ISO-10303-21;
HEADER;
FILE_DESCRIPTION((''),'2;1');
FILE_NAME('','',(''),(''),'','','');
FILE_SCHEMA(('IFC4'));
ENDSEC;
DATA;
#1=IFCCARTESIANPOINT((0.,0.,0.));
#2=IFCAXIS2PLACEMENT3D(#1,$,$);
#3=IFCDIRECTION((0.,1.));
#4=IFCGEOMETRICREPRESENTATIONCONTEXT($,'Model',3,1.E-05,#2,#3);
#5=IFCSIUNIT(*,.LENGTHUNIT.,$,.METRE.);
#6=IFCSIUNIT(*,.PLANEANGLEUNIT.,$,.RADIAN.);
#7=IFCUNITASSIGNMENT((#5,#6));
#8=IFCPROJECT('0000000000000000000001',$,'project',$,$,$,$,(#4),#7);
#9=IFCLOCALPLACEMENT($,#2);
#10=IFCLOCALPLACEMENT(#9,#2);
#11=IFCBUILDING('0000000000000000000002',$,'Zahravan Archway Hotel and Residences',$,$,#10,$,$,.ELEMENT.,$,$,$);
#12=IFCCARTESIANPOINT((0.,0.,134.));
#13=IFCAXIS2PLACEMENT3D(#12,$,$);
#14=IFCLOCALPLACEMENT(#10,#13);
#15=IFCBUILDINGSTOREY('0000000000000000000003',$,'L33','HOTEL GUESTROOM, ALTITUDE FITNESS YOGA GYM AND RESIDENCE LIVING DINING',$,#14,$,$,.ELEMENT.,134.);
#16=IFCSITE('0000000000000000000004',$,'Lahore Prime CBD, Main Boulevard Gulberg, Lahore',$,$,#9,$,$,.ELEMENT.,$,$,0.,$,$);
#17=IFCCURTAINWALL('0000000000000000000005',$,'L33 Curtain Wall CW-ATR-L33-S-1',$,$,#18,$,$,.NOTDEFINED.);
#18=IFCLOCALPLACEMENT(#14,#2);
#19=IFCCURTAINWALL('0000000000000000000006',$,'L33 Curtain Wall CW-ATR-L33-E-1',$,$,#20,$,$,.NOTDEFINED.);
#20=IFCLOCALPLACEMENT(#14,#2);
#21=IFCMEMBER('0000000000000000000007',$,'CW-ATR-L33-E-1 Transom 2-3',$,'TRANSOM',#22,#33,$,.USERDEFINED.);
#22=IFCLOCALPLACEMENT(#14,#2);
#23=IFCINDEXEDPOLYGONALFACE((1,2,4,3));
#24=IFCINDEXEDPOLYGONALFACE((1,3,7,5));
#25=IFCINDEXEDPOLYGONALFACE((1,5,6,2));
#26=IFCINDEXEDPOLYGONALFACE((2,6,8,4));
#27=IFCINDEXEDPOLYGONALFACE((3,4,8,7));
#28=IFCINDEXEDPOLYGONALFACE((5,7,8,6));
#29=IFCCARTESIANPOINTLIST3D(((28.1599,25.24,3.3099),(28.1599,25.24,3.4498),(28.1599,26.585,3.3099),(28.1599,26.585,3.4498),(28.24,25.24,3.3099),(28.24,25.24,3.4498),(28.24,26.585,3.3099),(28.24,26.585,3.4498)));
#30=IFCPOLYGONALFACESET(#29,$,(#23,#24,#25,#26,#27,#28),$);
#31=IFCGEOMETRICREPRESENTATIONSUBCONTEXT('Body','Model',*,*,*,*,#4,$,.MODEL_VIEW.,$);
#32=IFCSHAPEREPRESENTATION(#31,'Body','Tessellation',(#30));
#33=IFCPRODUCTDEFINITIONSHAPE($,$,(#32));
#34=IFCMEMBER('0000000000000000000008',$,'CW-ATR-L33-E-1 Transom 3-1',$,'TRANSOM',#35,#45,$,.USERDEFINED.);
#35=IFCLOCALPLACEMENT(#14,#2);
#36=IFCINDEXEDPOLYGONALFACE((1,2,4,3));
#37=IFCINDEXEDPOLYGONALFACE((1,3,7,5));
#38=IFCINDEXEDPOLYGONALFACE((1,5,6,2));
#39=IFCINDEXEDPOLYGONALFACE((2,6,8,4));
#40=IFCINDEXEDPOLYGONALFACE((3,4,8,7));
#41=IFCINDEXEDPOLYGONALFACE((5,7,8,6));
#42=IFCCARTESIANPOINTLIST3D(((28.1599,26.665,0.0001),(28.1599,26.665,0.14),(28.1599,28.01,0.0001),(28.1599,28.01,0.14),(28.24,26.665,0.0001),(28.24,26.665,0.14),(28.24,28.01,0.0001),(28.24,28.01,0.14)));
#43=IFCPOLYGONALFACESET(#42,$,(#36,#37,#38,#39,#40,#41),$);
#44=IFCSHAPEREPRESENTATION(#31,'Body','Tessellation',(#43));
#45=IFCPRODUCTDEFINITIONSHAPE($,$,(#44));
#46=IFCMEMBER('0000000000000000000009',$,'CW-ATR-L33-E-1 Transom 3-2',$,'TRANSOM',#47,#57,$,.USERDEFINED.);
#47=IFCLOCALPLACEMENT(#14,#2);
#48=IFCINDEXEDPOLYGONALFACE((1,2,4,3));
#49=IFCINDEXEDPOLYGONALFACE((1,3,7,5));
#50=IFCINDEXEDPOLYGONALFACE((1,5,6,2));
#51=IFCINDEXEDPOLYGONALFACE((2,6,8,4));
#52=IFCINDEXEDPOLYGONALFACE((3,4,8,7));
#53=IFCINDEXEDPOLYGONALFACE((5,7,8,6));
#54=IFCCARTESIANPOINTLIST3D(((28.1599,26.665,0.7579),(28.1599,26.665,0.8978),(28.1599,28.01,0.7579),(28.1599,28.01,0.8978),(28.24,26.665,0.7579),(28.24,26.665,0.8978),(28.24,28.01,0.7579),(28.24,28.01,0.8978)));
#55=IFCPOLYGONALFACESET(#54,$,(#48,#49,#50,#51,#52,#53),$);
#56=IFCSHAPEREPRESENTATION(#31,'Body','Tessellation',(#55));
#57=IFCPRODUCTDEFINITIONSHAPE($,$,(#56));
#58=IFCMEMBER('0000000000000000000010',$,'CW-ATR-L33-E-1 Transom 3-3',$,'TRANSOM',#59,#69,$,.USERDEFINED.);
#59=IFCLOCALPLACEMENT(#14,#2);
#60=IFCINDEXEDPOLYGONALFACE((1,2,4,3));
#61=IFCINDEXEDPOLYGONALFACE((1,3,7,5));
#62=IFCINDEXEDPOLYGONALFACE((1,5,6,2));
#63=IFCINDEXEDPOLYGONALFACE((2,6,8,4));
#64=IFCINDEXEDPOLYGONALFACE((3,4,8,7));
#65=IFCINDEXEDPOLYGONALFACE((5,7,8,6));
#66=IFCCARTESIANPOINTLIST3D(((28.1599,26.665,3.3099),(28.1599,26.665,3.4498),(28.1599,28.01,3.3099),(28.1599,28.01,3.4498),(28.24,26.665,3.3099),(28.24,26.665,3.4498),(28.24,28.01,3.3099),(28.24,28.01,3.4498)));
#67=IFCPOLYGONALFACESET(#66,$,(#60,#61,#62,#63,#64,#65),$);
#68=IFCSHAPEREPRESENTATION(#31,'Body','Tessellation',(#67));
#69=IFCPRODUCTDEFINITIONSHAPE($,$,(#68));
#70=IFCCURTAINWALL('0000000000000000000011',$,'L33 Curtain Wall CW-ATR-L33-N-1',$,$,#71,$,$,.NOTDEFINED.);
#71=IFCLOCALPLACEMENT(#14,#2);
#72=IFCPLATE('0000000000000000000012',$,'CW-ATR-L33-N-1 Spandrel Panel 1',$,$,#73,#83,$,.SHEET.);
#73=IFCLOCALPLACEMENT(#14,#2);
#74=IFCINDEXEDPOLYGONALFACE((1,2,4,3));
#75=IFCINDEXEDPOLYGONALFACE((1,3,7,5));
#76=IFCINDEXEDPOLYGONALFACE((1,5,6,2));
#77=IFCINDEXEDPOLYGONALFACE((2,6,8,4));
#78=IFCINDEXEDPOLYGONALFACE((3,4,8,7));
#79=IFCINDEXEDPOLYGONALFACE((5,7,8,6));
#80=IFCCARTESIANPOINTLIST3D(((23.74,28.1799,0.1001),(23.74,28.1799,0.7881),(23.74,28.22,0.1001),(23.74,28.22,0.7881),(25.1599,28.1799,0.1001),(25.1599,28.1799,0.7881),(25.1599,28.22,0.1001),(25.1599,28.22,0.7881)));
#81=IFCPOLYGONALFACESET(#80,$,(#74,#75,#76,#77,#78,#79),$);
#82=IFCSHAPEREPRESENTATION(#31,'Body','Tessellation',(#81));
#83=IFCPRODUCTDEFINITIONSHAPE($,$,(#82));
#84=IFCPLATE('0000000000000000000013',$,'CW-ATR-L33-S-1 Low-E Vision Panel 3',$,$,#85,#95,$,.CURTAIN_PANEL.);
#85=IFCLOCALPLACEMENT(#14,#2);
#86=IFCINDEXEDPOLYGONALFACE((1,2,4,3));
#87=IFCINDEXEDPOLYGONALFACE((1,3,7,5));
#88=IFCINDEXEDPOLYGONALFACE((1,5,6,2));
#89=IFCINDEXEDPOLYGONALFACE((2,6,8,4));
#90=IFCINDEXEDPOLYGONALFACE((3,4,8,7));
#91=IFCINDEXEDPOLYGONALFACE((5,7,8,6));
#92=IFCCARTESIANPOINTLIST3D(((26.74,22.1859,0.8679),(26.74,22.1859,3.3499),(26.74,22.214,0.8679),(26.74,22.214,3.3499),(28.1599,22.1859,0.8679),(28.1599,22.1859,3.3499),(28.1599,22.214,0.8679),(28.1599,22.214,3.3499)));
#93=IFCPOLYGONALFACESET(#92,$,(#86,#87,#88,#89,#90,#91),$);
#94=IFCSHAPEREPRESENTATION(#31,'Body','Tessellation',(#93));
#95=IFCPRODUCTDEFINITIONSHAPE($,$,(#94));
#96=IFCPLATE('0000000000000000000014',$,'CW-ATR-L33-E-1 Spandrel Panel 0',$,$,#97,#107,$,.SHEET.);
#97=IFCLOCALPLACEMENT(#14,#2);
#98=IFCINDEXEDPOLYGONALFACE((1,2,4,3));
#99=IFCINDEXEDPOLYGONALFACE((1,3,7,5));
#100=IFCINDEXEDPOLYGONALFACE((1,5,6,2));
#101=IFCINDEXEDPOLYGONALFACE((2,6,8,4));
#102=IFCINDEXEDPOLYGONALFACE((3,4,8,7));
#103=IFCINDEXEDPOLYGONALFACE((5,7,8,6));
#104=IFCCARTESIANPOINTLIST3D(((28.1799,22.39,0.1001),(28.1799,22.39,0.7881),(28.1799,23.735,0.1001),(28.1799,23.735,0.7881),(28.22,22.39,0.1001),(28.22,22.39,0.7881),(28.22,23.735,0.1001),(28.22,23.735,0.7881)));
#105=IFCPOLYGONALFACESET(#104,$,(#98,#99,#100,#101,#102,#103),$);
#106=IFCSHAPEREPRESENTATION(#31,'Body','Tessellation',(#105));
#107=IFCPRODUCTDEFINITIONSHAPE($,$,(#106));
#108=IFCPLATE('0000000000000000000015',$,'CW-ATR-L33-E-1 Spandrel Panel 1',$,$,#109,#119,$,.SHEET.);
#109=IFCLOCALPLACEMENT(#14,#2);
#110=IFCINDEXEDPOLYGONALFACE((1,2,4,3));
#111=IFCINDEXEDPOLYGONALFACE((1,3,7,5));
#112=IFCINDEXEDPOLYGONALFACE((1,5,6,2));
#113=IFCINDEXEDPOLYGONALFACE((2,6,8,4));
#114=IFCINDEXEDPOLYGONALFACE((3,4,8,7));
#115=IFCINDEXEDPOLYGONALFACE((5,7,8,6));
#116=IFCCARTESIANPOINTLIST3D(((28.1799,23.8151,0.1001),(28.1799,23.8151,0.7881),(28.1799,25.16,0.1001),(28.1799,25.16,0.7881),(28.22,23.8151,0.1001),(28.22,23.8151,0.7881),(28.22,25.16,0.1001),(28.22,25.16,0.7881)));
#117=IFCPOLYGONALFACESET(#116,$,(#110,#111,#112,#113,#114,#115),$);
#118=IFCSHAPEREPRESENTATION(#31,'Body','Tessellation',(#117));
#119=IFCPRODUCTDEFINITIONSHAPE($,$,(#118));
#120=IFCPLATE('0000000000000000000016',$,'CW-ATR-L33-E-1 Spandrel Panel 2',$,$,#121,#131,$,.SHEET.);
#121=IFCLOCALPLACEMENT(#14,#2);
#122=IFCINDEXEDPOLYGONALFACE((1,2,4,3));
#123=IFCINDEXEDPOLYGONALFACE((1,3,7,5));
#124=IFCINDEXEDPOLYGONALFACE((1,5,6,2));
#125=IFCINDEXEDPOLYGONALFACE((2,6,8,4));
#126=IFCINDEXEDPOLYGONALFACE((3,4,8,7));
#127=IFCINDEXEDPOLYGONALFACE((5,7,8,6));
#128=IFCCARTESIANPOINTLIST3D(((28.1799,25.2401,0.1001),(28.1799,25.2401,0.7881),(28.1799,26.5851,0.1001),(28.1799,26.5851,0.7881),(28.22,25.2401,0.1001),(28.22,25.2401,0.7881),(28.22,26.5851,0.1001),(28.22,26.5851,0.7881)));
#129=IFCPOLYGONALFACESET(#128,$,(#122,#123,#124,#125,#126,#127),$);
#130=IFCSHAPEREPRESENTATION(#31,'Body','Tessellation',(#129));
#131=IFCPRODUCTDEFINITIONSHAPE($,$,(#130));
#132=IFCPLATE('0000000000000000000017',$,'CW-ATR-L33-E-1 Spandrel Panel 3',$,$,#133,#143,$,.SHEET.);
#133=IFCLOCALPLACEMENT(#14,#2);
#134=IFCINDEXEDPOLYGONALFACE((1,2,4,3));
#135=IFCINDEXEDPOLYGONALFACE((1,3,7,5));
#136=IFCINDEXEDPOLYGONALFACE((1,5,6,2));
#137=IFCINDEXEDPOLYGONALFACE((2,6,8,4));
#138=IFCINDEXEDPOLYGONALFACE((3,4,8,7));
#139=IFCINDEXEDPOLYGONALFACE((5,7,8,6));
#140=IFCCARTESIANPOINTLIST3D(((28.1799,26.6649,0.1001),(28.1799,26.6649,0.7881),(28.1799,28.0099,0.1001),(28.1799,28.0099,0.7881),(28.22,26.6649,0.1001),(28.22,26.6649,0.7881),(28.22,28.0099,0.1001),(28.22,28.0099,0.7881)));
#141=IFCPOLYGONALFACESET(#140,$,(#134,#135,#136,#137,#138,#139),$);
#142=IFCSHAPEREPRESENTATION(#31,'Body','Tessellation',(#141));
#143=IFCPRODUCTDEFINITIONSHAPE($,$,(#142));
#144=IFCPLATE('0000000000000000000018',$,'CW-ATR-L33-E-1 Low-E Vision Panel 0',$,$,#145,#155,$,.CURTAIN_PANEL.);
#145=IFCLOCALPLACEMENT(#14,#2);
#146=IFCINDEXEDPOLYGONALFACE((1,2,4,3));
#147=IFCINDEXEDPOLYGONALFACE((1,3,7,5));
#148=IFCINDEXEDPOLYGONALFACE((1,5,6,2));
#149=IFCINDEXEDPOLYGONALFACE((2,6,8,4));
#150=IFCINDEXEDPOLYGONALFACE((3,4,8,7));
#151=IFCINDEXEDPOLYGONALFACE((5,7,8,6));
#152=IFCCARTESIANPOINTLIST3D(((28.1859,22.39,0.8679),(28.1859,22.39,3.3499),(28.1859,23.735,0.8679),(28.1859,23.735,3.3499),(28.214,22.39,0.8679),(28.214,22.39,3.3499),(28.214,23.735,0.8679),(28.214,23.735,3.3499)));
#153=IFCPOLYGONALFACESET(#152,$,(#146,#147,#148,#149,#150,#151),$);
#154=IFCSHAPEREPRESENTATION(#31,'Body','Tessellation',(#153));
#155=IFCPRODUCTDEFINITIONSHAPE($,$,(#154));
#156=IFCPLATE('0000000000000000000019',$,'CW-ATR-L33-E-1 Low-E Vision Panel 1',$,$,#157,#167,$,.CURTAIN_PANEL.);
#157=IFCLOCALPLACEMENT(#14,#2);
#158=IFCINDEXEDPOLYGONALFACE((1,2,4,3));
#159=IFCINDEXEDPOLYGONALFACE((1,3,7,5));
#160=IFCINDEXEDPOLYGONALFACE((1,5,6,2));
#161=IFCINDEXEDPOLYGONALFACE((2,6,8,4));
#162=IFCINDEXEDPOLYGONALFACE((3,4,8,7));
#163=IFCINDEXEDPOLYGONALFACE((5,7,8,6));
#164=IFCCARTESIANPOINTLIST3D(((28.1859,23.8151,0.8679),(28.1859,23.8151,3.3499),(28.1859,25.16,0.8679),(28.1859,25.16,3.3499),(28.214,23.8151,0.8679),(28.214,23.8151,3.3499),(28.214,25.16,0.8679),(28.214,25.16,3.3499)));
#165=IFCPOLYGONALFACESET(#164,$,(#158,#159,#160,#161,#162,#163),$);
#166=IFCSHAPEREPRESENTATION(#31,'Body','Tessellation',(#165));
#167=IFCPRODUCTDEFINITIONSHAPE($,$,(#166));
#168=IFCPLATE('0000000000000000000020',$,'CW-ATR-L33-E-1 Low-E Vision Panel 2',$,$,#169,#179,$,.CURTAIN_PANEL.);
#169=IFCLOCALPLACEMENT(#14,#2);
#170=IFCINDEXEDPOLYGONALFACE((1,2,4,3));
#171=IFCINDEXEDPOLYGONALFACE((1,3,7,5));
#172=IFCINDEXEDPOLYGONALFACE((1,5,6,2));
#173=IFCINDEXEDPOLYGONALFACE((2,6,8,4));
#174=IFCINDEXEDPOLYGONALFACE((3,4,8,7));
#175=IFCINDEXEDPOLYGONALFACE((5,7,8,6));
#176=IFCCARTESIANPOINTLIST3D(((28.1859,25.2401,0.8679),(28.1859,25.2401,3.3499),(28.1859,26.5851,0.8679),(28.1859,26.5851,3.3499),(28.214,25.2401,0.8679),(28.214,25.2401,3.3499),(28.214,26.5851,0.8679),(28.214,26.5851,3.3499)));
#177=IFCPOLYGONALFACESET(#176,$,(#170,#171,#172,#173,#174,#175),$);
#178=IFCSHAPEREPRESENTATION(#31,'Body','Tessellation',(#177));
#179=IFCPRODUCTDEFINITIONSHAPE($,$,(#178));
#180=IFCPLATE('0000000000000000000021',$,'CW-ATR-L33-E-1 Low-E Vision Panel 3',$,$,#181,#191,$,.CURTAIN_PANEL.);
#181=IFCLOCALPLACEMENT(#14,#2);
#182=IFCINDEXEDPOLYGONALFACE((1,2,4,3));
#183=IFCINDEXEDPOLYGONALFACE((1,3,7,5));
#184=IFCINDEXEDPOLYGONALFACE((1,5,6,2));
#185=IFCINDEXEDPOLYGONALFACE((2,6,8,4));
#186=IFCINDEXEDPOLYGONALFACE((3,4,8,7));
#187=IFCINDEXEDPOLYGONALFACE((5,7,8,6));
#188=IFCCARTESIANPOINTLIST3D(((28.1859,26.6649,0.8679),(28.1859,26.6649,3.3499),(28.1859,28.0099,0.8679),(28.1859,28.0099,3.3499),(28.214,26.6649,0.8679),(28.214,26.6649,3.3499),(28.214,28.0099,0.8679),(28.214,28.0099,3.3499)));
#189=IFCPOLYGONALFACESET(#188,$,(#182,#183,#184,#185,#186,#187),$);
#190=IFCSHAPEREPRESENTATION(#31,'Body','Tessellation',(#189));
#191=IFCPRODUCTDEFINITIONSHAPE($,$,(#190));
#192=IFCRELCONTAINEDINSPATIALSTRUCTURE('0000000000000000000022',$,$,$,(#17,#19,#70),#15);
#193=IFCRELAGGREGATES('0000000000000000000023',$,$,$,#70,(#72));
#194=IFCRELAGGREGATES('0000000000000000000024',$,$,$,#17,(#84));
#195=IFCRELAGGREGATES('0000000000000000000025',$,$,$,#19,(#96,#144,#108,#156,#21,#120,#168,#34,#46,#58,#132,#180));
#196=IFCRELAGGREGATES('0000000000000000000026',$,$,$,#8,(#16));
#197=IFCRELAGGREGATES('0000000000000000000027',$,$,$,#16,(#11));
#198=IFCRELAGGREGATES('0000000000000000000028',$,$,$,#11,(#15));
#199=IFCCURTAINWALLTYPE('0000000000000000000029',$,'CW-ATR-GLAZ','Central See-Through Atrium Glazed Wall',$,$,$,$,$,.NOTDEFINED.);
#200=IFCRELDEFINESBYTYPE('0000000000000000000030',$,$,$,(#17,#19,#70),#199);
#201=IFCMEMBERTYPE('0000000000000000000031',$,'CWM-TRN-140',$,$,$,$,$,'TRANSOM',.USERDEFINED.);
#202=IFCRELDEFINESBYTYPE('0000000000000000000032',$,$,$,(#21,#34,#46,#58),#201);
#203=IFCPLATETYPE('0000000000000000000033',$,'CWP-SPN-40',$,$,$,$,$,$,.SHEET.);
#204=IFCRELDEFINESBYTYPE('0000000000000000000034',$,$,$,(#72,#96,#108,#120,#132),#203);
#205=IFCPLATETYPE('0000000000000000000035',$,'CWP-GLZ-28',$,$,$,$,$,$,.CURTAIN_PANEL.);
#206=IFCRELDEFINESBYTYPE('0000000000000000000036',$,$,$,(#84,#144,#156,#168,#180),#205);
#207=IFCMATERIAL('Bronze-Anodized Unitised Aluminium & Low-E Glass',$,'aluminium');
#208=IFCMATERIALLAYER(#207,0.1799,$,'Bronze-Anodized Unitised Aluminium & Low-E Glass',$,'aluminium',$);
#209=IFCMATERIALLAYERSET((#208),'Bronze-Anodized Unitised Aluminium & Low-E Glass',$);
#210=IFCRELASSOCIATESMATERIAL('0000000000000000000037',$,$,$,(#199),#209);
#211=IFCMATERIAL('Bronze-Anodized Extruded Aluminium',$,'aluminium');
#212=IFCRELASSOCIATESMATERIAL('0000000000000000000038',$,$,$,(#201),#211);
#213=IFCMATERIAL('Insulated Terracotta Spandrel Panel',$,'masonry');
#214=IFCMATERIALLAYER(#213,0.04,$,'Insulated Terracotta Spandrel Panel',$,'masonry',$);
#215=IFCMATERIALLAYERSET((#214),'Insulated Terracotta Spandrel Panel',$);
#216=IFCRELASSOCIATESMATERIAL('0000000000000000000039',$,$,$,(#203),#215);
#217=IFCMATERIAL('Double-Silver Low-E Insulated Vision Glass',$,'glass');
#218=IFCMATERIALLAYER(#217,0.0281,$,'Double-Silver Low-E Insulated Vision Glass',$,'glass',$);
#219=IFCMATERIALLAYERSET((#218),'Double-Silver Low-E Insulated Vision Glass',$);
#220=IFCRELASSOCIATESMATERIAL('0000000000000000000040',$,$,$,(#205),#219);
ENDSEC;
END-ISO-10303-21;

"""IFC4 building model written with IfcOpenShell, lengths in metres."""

from ifc_helpers import new_model, si_unit, direction, frame, origin, origin_2d, place, context, subcontext, project, spatial, rectangle, extrude, source, transform, mapped, material, layer, layer_set, material_profile, profile_set, type_object, element, aggregate, save


model = new_model("IFC4")

# Units and contexts
model_context = context("Model", 3, precision=1e-05, world=origin(), true_north=direction((0.0, 1.0)))
body_context = subcontext(model_context, "Body", "Model", "MODEL_VIEW")
ifc_project = project(units=[si_unit("LENGTHUNIT", "METRE"), si_unit("PLANEANGLEUNIT", "RADIAN")], contexts=[model_context])

# Site, building, storey
site_placement = place(None, origin())
site = spatial("IfcSite", under=ifc_project, at=site_placement, Name="Lahore Prime CBD, Main Boulevard Gulberg, Lahore", CompositionType="ELEMENT", RefElevation=0.0)
building_placement = place(site_placement, origin())
building = spatial("IfcBuilding", under=site, at=building_placement, Name="Zahravan Archway Hotel and Residences", CompositionType="ELEMENT")
storey_placement = place(building_placement, frame((0.0, 0.0, 134.0)))
storey = spatial("IfcBuildingStorey", under=building, at=storey_placement, Name="L33", Description="HOTEL GUESTROOM, ALTITUDE FITNESS YOGA GYM AND RESIDENCE LIVING DINING", CompositionType="ELEMENT", Elevation=134.0)

# Curtain wall
ifc_material_1 = material(Name="Bronze-Anodized Unitised Aluminium & Low-E Glass", Category="aluminium")
ifc_layer_1 = layer(ifc_material_1, 0.1799, Name="Bronze-Anodized Unitised Aluminium & Low-E Glass", Category="aluminium")
ifc_layer_set_1 = layer_set([ifc_layer_1], Name="Bronze-Anodized Unitised Aluminium & Low-E Glass")
curtain_wall_type = type_object("IfcCurtainWallType", Name="CW-ATR-GLAZ", Description="Central See-Through Atrium Glazed Wall", PredefinedType="NOTDEFINED", material=ifc_layer_set_1)
curtain_wall_1_placement = place(storey_placement, origin())
curtain_wall_1 = element("IfcCurtainWall", 1, at=curtain_wall_1_placement, inside=storey, type_object=curtain_wall_type, Name="L33 Curtain Wall CW-ATR-L33-S-1", PredefinedType="NOTDEFINED")
ifc_material_2 = material(Name="Bronze-Anodized Extruded Aluminium", Category="aluminium")

# Curtain wall, members
curtain_wall_2_placement = place(storey_placement, origin())
curtain_wall_2 = element("IfcCurtainWall", 2, at=curtain_wall_2_placement, inside=storey, type_object=curtain_wall_type, Name="L33 Curtain Wall CW-ATR-L33-E-1", PredefinedType="NOTDEFINED")
ifc_material_profile_1 = material_profile(ifc_material_2, rectangle(XDim=0.0801, YDim=0.1399, at=origin_2d()), Name="TRN 80x140", Category="aluminium")
ifc_profile_set_1 = profile_set([ifc_material_profile_1], Name="Bronze-Anodized Extruded Aluminium")
member_type_1 = type_object("IfcMemberType", Name="CWM-TRN-140", ElementType="TRANSOM", PredefinedType="USERDEFINED", material=ifc_profile_set_1)
shared_shape_1 = source(origin(), body_context, "Body", "SweptSolid", [
    extrude(rectangle(XDim=0.0801, YDim=0.1399, at=origin_2d()), origin(), (0.0, 0.0, 1.0), 1.345),
])
member_1_placement = place(storey_placement, frame((28.2, 25.24, 3.3799), z_axis=(0.0, 1.0, 0.0), x_axis=(-1.0, 0.0, 0.0)))
member_1 = element("IfcMember", 3, at=member_1_placement, type_object=member_type_1, Name="CW-ATR-L33-E-1 Transom 2-3", ObjectType="TRANSOM", PredefinedType="USERDEFINED", context=body_context, shape_type="MappedRepresentation", body=[
    mapped(shared_shape_1, transform((0.0, 0.0, 0.0), scale=1.0)),
])
member_2_placement = place(storey_placement, frame((28.2, 26.665, 0.0701), z_axis=(0.0, 1.0, 0.0), x_axis=(-1.0, 0.0, 0.0)))
member_2 = element("IfcMember", 4, at=member_2_placement, type_object=member_type_1, Name="CW-ATR-L33-E-1 Transom 3-1", ObjectType="TRANSOM", PredefinedType="USERDEFINED", context=body_context, shape_type="MappedRepresentation", body=[
    mapped(shared_shape_1, transform((0.0, 0.0, 0.0), scale=1.0)),
])
member_3_placement = place(storey_placement, frame((28.2, 26.665, 0.8279), z_axis=(0.0, 1.0, 0.0), x_axis=(-1.0, 0.0, 0.0)))
member_3 = element("IfcMember", 5, at=member_3_placement, type_object=member_type_1, Name="CW-ATR-L33-E-1 Transom 3-2", ObjectType="TRANSOM", PredefinedType="USERDEFINED", context=body_context, shape_type="MappedRepresentation", body=[
    mapped(shared_shape_1, transform((0.0, 0.0, 0.0), scale=1.0)),
])
member_4_placement = place(storey_placement, frame((28.2, 26.665, 3.3799), z_axis=(0.0, 1.0, 0.0), x_axis=(-1.0, 0.0, 0.0)))
member_4 = element("IfcMember", 6, at=member_4_placement, type_object=member_type_1, Name="CW-ATR-L33-E-1 Transom 3-3", ObjectType="TRANSOM", PredefinedType="USERDEFINED", context=body_context, shape_type="MappedRepresentation", body=[
    mapped(shared_shape_1, transform((0.0, 0.0, 0.0), scale=1.0)),
])

# Curtain wall, plate
curtain_wall_3_placement = place(storey_placement, origin())
curtain_wall_3 = element("IfcCurtainWall", 7, at=curtain_wall_3_placement, inside=storey, type_object=curtain_wall_type, Name="L33 Curtain Wall CW-ATR-L33-N-1", PredefinedType="NOTDEFINED")
ifc_material_3 = material(Name="Insulated Terracotta Spandrel Panel", Category="masonry")
ifc_layer_2 = layer(ifc_material_3, 0.04, Name="Insulated Terracotta Spandrel Panel", Category="masonry")
ifc_layer_set_2 = layer_set([ifc_layer_2], Name="Insulated Terracotta Spandrel Panel")
plate_type_1 = type_object("IfcPlateType", Name="CWP-SPN-40", PredefinedType="SHEET", material=ifc_layer_set_2)
shared_shape_2 = source(origin(), body_context, "Body", "SweptSolid", [
    extrude(rectangle(XDim=1.4199, YDim=0.04, at=origin_2d()), origin(), (0.0, 0.0, 1.0), 0.688),
])
plate_1_placement = place(storey_placement, frame((24.45, 28.2, 0.1001), z_axis=(0.0, 0.0, 1.0), x_axis=(1.0, 0.0, 0.0)))
plate_1 = element("IfcPlate", 8, at=plate_1_placement, type_object=plate_type_1, Name="CW-ATR-L33-N-1 Spandrel Panel 1", PredefinedType="SHEET", context=body_context, shape_type="MappedRepresentation", body=[
    mapped(shared_shape_2, transform((0.0, 0.0, 0.0), scale=1.0)),
])
aggregate(curtain_wall_3, [plate_1])

# Plates
ifc_material_4 = material(Name="Double-Silver Low-E Insulated Vision Glass", Category="glass")
ifc_layer_3 = layer(ifc_material_4, 0.0281, Name="Double-Silver Low-E Insulated Vision Glass", Category="glass")
ifc_layer_set_3 = layer_set([ifc_layer_3], Name="Double-Silver Low-E Insulated Vision Glass")
plate_type_2 = type_object("IfcPlateType", Name="CWP-GLZ-28", PredefinedType="CURTAIN_PANEL", material=ifc_layer_set_3)
shared_shape_3 = source(origin(), body_context, "Body", "SweptSolid", [
    extrude(rectangle(XDim=1.4199, YDim=0.0281, at=origin_2d()), origin(), (0.0, 0.0, 1.0), 2.4819),
])
plate_2_placement = place(storey_placement, frame((27.45, 22.2, 0.8679), z_axis=(0.0, 0.0, 1.0), x_axis=(1.0, 0.0, 0.0)))
plate_2 = element("IfcPlate", 9, at=plate_2_placement, type_object=plate_type_2, Name="CW-ATR-L33-S-1 Low-E Vision Panel 3", PredefinedType="CURTAIN_PANEL", context=body_context, shape_type="MappedRepresentation", body=[
    mapped(shared_shape_3, transform((0.0, 0.0, 0.0), scale=1.0)),
])
aggregate(curtain_wall_1, [plate_2])
shared_shape_4 = source(origin(), body_context, "Body", "SweptSolid", [
    extrude(rectangle(XDim=1.345, YDim=0.04, at=origin_2d()), origin(), (0.0, 0.0, 1.0), 0.688),
])
plate_3_placement = place(storey_placement, frame((28.2, 23.0625, 0.1001), z_axis=(0.0, 0.0, 1.0), x_axis=(0.0, 1.0, 0.0)))
plate_3 = element("IfcPlate", 10, at=plate_3_placement, type_object=plate_type_1, Name="CW-ATR-L33-E-1 Spandrel Panel 0", PredefinedType="SHEET", context=body_context, shape_type="MappedRepresentation", body=[
    mapped(shared_shape_4, transform((0.0, 0.0, 0.0), scale=1.0)),
])
plate_4_placement = place(storey_placement, frame((28.2, 24.4875, 0.1001), z_axis=(0.0, 0.0, 1.0), x_axis=(0.0, 1.0, 0.0)))
plate_4 = element("IfcPlate", 11, at=plate_4_placement, type_object=plate_type_1, Name="CW-ATR-L33-E-1 Spandrel Panel 1", PredefinedType="SHEET", context=body_context, shape_type="MappedRepresentation", body=[
    mapped(shared_shape_4, transform((0.0, 0.0, 0.0), scale=1.0)),
])
plate_5_placement = place(storey_placement, frame((28.2, 25.9126, 0.1001), z_axis=(0.0, 0.0, 1.0), x_axis=(0.0, 1.0, 0.0)))
plate_5 = element("IfcPlate", 12, at=plate_5_placement, type_object=plate_type_1, Name="CW-ATR-L33-E-1 Spandrel Panel 2", PredefinedType="SHEET", context=body_context, shape_type="MappedRepresentation", body=[
    mapped(shared_shape_4, transform((0.0, 0.0, 0.0), scale=1.0)),
])
plate_6_placement = place(storey_placement, frame((28.2, 27.3374, 0.1001), z_axis=(0.0, 0.0, 1.0), x_axis=(0.0, 1.0, 0.0)))
plate_6 = element("IfcPlate", 13, at=plate_6_placement, type_object=plate_type_1, Name="CW-ATR-L33-E-1 Spandrel Panel 3", PredefinedType="SHEET", context=body_context, shape_type="MappedRepresentation", body=[
    mapped(shared_shape_4, transform((0.0, 0.0, 0.0), scale=1.0)),
])
shared_shape_5 = source(origin(), body_context, "Body", "SweptSolid", [
    extrude(rectangle(XDim=1.345, YDim=0.0281, at=origin_2d()), origin(), (0.0, 0.0, 1.0), 2.4819),
])
plate_7_placement = place(storey_placement, frame((28.2, 23.0625, 0.8679), z_axis=(0.0, 0.0, 1.0), x_axis=(0.0, 1.0, 0.0)))
plate_7 = element("IfcPlate", 14, at=plate_7_placement, type_object=plate_type_2, Name="CW-ATR-L33-E-1 Low-E Vision Panel 0", PredefinedType="CURTAIN_PANEL", context=body_context, shape_type="MappedRepresentation", body=[
    mapped(shared_shape_5, transform((0.0, 0.0, 0.0), scale=1.0)),
])
plate_8_placement = place(storey_placement, frame((28.2, 24.4875, 0.8679), z_axis=(0.0, 0.0, 1.0), x_axis=(0.0, 1.0, 0.0)))
plate_8 = element("IfcPlate", 15, at=plate_8_placement, type_object=plate_type_2, Name="CW-ATR-L33-E-1 Low-E Vision Panel 1", PredefinedType="CURTAIN_PANEL", context=body_context, shape_type="MappedRepresentation", body=[
    mapped(shared_shape_5, transform((0.0, 0.0, 0.0), scale=1.0)),
])
plate_9_placement = place(storey_placement, frame((28.2, 25.9126, 0.8679), z_axis=(0.0, 0.0, 1.0), x_axis=(0.0, 1.0, 0.0)))
plate_9 = element("IfcPlate", 16, at=plate_9_placement, type_object=plate_type_2, Name="CW-ATR-L33-E-1 Low-E Vision Panel 2", PredefinedType="CURTAIN_PANEL", context=body_context, shape_type="MappedRepresentation", body=[
    mapped(shared_shape_5, transform((0.0, 0.0, 0.0), scale=1.0)),
])
plate_10_placement = place(storey_placement, frame((28.2, 27.3374, 0.8679), z_axis=(0.0, 0.0, 1.0), x_axis=(0.0, 1.0, 0.0)))
plate_10 = element("IfcPlate", 17, at=plate_10_placement, type_object=plate_type_2, Name="CW-ATR-L33-E-1 Low-E Vision Panel 3", PredefinedType="CURTAIN_PANEL", context=body_context, shape_type="MappedRepresentation", body=[
    mapped(shared_shape_5, transform((0.0, 0.0, 0.0), scale=1.0)),
])
aggregate(curtain_wall_2, [plate_3, plate_7, plate_4, plate_8, member_1, plate_5, plate_9, member_2, member_3, member_4, plate_6, plate_10])

save(model, "model.ifc")
